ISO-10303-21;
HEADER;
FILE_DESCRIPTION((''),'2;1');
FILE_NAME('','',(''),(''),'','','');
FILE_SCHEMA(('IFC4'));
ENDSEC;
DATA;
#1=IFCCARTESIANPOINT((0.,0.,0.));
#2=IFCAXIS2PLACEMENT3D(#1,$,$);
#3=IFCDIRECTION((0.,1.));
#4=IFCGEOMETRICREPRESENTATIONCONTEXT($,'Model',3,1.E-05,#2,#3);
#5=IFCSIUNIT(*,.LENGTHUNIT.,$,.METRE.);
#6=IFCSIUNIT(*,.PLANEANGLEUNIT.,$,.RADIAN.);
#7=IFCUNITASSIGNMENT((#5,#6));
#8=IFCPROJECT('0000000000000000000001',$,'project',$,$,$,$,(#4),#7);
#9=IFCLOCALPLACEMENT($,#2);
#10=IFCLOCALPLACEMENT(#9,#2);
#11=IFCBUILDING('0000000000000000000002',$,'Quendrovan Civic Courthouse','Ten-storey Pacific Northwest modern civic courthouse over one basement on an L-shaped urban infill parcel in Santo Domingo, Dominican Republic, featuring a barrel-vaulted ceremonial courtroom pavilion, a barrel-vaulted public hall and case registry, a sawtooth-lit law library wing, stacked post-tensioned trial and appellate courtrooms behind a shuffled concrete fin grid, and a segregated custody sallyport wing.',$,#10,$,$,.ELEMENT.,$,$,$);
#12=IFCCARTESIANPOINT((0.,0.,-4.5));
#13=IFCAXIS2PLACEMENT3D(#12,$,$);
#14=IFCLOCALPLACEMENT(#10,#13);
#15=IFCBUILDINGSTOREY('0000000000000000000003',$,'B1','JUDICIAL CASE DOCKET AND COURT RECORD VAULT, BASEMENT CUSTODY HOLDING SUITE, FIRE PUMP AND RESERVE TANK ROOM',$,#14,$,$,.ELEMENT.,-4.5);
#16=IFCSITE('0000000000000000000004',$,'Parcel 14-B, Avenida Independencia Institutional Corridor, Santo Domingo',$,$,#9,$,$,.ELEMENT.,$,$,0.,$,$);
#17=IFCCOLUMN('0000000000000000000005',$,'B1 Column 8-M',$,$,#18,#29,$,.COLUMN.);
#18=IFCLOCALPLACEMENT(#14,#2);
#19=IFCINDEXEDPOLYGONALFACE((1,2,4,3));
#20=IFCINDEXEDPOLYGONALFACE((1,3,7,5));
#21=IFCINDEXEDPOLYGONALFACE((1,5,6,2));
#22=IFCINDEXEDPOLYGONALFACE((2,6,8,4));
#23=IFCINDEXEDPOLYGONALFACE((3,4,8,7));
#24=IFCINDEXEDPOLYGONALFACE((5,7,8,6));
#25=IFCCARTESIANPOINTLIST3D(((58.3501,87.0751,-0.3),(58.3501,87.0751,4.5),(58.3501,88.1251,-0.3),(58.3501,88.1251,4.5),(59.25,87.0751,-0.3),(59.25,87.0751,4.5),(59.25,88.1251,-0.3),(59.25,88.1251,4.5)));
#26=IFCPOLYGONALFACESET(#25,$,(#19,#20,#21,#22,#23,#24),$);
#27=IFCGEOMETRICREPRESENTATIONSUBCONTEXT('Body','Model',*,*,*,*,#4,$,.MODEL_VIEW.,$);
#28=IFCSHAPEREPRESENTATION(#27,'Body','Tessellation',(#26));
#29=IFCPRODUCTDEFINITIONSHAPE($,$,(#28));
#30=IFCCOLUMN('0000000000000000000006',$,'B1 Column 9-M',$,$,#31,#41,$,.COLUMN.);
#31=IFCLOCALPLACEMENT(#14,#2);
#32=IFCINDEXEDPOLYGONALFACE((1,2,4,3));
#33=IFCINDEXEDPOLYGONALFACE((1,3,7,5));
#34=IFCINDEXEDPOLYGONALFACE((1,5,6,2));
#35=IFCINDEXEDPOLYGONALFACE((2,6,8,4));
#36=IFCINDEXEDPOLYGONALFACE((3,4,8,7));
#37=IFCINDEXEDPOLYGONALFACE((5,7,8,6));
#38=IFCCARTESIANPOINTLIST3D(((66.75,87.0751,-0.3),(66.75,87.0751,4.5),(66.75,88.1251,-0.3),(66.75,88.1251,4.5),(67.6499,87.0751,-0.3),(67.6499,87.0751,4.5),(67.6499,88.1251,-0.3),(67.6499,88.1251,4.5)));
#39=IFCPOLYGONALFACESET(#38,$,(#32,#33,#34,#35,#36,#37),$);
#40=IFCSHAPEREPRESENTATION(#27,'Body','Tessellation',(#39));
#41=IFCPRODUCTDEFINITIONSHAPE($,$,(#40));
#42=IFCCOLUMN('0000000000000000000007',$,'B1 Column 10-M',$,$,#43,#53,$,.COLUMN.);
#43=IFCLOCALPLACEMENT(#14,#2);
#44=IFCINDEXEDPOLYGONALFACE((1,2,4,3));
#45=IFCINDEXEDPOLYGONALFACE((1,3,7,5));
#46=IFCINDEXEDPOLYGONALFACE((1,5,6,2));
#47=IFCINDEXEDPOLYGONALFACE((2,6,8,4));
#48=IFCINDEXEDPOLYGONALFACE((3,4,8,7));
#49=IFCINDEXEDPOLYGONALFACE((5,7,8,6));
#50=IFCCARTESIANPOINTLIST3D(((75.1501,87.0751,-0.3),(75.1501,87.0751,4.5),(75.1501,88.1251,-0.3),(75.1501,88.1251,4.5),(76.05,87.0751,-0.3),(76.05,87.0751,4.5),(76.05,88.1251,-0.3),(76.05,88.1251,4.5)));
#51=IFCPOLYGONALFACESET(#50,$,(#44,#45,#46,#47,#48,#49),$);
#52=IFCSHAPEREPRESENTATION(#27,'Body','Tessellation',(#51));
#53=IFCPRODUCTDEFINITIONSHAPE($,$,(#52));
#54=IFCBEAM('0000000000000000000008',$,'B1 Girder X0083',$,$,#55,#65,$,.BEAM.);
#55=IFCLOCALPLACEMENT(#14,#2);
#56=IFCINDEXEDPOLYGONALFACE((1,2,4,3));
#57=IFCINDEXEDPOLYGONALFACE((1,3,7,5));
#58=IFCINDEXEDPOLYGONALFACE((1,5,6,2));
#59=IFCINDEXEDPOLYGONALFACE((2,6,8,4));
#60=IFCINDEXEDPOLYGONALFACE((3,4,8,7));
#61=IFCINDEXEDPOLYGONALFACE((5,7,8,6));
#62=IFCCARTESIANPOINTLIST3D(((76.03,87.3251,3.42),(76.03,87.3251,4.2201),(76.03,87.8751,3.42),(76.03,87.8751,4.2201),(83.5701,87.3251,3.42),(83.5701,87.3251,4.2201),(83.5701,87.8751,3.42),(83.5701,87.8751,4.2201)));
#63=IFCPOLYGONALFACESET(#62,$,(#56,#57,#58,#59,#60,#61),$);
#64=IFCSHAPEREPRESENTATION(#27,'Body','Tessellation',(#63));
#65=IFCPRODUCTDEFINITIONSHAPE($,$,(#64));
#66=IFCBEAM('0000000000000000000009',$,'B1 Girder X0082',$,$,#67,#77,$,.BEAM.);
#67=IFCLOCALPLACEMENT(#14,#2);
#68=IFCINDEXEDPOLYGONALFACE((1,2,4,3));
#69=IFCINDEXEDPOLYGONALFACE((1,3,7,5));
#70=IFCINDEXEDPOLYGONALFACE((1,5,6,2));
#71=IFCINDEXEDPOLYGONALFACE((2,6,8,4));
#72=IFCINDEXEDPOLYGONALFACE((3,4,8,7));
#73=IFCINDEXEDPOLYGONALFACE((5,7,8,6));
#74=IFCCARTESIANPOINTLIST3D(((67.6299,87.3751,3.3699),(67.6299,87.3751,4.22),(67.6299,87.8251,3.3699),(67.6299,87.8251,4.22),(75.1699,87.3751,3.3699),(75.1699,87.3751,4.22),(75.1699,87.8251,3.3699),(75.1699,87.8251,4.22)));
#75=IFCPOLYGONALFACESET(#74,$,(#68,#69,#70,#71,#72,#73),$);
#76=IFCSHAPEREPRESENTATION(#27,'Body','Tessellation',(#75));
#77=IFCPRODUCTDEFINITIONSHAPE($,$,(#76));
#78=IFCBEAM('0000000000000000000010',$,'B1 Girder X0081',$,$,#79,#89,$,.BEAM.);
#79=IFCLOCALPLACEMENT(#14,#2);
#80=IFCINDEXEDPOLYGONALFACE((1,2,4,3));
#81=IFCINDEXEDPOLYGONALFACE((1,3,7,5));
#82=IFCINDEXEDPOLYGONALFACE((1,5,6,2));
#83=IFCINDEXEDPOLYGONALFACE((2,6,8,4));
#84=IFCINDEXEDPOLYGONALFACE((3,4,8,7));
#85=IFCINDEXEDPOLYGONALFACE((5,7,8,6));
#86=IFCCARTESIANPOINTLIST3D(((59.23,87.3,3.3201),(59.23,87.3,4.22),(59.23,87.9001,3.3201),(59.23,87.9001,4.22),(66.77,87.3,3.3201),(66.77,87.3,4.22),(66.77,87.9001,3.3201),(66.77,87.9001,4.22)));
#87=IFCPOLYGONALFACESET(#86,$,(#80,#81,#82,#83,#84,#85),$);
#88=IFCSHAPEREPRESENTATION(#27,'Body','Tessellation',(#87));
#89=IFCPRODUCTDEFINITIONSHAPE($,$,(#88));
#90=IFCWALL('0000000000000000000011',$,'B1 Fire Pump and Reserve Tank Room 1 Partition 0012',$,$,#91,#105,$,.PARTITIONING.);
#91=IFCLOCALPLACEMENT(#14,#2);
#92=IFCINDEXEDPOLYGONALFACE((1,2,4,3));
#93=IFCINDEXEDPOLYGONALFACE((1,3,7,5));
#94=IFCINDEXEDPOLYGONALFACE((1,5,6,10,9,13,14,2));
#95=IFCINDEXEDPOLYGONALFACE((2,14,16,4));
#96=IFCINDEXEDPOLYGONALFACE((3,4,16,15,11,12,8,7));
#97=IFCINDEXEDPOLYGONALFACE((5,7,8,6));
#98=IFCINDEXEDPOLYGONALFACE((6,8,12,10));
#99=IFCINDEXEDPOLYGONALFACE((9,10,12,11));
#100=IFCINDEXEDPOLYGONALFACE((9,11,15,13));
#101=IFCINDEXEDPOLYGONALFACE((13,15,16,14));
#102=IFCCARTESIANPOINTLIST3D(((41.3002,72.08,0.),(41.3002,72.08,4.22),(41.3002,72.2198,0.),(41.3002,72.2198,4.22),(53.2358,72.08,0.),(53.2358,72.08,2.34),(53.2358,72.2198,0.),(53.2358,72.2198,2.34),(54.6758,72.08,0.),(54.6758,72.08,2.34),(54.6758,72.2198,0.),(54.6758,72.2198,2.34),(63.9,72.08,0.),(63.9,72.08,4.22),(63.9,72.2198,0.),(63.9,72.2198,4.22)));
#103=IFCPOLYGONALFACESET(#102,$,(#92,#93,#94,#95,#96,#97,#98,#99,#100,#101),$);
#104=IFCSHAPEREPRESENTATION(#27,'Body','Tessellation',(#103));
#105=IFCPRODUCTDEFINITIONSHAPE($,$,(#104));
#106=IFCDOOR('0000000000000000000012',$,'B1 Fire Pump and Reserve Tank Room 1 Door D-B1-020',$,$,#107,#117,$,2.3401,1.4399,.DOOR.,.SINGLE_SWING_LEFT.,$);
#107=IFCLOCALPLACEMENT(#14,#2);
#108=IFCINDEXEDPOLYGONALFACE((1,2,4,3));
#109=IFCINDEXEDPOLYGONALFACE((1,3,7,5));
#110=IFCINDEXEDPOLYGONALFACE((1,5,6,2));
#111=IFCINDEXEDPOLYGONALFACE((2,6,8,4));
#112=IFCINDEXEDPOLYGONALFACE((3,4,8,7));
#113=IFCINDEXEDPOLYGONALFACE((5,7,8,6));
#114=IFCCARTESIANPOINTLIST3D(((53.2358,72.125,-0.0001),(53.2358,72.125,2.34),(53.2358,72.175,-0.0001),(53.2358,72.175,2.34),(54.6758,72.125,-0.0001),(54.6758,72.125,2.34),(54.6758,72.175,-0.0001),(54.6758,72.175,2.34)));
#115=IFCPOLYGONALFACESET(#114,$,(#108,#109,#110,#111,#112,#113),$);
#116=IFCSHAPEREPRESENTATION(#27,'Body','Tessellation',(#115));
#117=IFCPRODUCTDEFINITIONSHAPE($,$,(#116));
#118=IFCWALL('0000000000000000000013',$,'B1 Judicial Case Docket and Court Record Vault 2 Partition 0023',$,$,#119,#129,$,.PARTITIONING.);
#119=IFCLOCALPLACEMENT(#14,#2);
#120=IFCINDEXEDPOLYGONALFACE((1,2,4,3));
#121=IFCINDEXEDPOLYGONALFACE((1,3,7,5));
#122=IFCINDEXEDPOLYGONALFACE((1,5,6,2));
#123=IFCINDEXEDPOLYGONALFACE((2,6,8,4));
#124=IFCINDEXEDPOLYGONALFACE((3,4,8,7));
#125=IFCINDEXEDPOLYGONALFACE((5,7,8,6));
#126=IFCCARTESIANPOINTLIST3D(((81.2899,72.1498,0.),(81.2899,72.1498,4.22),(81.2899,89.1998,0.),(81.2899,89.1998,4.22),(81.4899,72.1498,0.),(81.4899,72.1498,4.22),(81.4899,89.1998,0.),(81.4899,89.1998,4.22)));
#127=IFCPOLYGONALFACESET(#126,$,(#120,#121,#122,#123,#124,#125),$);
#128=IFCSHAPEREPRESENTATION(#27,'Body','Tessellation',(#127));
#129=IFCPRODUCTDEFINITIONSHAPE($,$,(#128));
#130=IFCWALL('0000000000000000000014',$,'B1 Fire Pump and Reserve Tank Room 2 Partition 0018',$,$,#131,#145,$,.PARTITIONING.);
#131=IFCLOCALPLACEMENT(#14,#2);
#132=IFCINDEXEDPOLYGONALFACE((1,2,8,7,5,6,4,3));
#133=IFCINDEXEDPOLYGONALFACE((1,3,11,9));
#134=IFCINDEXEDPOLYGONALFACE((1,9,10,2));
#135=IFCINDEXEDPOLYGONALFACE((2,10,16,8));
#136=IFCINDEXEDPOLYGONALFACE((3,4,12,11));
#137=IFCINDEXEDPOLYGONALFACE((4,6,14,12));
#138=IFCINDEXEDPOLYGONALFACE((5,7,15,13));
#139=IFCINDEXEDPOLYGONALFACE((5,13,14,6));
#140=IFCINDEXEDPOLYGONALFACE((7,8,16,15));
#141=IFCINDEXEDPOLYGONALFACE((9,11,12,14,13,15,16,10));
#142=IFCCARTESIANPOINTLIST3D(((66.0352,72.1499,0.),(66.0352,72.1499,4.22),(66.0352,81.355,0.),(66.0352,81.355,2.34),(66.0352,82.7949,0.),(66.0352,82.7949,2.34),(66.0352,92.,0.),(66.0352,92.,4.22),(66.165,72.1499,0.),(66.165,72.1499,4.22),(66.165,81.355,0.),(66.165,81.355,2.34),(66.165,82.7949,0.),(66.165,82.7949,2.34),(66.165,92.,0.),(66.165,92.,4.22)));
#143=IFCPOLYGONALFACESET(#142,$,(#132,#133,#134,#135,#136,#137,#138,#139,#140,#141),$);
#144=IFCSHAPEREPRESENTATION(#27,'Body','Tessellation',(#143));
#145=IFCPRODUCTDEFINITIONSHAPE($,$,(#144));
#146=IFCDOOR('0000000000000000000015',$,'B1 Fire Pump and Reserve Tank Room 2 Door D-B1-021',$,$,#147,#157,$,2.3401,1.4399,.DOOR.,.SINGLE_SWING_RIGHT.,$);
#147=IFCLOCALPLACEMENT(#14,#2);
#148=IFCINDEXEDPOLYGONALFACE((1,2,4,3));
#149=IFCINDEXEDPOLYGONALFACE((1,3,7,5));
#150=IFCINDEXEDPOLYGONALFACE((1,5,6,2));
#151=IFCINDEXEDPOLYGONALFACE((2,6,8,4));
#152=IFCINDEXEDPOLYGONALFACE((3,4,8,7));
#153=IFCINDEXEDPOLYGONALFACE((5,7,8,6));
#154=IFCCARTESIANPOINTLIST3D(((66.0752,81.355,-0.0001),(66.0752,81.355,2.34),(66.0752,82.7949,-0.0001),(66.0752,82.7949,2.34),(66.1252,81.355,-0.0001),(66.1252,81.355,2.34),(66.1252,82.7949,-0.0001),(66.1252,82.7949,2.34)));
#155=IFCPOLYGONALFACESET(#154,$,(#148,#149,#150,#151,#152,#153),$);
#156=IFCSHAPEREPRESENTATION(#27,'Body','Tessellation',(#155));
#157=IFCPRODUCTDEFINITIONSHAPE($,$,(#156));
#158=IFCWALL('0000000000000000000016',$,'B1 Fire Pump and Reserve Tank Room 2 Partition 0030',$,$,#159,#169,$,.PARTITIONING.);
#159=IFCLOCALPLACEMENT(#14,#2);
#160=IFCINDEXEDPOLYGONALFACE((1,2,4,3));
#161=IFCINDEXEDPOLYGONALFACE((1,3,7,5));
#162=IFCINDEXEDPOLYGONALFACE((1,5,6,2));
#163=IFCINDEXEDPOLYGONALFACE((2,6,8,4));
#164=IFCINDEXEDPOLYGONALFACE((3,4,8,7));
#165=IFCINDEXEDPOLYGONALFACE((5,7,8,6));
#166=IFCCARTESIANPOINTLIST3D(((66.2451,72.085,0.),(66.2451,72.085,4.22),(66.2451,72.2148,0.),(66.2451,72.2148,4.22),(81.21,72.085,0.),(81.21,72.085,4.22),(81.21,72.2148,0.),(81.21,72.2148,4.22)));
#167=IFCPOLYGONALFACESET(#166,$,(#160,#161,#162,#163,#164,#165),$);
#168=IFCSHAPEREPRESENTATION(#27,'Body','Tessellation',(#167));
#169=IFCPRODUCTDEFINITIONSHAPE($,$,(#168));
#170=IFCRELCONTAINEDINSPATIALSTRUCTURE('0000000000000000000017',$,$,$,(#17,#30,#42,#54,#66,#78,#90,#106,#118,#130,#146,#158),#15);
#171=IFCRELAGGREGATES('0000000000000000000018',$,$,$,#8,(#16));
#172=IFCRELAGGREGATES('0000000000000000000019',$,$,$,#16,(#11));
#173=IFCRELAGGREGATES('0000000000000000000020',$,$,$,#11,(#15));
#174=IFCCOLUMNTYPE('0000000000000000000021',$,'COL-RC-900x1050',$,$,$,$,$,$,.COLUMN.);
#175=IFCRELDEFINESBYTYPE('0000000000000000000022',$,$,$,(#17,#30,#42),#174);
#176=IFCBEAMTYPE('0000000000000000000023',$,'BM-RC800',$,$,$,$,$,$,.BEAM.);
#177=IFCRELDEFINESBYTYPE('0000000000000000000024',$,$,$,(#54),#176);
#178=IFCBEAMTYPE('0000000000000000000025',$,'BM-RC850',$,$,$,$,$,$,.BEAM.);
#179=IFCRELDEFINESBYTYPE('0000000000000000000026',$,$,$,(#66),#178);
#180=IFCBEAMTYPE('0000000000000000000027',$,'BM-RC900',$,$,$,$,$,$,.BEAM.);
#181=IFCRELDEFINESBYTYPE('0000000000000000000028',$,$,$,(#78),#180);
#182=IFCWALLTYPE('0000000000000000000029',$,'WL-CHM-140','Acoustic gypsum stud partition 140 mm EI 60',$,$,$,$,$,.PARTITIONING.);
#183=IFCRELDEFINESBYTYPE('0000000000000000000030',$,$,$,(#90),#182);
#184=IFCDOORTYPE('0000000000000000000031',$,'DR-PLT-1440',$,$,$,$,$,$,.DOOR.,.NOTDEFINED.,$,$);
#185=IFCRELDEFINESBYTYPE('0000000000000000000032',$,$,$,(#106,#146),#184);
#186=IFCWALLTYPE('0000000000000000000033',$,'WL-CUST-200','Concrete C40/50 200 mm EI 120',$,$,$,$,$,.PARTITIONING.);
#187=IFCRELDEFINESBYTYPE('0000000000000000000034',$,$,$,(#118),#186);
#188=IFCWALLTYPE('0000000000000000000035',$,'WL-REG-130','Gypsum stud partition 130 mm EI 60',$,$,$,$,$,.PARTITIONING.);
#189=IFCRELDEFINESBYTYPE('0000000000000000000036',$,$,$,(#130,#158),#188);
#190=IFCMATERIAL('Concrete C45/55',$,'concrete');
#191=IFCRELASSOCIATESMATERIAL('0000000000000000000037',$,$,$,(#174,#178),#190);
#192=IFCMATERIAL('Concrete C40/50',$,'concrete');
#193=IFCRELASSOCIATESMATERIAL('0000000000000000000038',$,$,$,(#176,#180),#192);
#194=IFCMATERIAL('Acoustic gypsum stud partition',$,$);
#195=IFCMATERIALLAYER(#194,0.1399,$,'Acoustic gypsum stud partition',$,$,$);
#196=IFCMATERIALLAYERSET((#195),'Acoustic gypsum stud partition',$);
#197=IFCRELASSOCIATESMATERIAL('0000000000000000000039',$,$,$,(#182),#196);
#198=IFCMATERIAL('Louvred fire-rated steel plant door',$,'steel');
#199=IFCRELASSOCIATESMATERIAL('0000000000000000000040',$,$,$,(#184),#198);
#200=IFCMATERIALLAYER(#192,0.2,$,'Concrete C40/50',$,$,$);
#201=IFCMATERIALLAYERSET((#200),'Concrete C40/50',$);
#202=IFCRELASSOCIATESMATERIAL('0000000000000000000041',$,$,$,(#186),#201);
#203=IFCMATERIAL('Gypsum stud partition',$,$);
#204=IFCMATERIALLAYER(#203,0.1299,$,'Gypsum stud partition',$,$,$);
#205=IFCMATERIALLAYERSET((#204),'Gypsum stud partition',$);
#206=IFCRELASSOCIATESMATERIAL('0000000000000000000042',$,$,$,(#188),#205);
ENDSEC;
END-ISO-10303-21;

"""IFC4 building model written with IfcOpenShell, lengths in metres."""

from ifc_helpers import new_model, si_unit, direction, frame, frame_2d, origin, origin_2d, place, context, subcontext, project, spatial, rectangle, extrude, material, layer, layer_set, material_profile, profile_set, type_object, element, fill, save


model = new_model("IFC4")

# Units and contexts
model_context = context("Model", 3, precision=1e-05, world=origin(), true_north=direction((0.0, 1.0)))
body_context = subcontext(model_context, "Body", "Model", "MODEL_VIEW")
ifc_project = project(units=[si_unit("LENGTHUNIT", "METRE"), si_unit("PLANEANGLEUNIT", "RADIAN")], contexts=[model_context])

# Site, building, storey
site_placement = place(None, origin())
site = spatial("IfcSite", under=ifc_project, at=site_placement, Name="Parcel 14-B, Avenida Independencia Institutional Corridor, Santo Domingo", CompositionType="ELEMENT", RefElevation=0.0)
building_placement = place(site_placement, origin())
building = spatial("IfcBuilding", under=site, at=building_placement, Name="Quendrovan Civic Courthouse", Description="Ten-storey Pacific Northwest modern civic courthouse over one basement on an L-shaped urban infill parcel in Santo Domingo, Dominican Republic, featuring a barrel-vaulted ceremonial courtroom pavilion, a barrel-vaulted public hall and case registry, a sawtooth-lit law library wing, stacked post-tensioned trial and appellate courtrooms behind a shuffled concrete fin grid, and a segregated custody sallyport wing.", CompositionType="ELEMENT")
storey_placement = place(building_placement, frame((0.0, 0.0, -4.5)))
storey = spatial("IfcBuildingStorey", under=building, at=storey_placement, Name="B1", Description="JUDICIAL CASE DOCKET AND COURT RECORD VAULT, BASEMENT CUSTODY HOLDING SUITE, FIRE PUMP AND RESERVE TANK ROOM", CompositionType="ELEMENT", Elevation=-4.5)

# Columns
ifc_material_1 = material(Name="Concrete C45/55", Category="concrete")
ifc_material_profile_1 = material_profile(ifc_material_1, rectangle(XDim=0.8999, YDim=1.05, at=origin_2d()), Name="RC-COL-900x1050")
ifc_profile_set_1 = profile_set([ifc_material_profile_1], Name="Concrete C45/55")
column_type = type_object("IfcColumnType", Name="COL-RC-900x1050", PredefinedType="COLUMN", material=ifc_profile_set_1)
for number, where, z_axis, x_axis, name in (
    (1, (58.8, 87.6001, -0.3), (0.0, 0.0, 1.0), (1.0, 0.0, 0.0), "B1 Column 8-M"),
    (2, (67.2, 87.6001, -0.3), (0.0, 0.0, 1.0), (1.0, 0.0, 0.0), "B1 Column 9-M"),
    (3, (75.6001, 87.6001, -0.3), (0.0, 0.0, 1.0), (1.0, 0.0, 0.0), "B1 Column 10-M"),
):
    element("IfcColumn", number, at=place(storey_placement, frame(where, z_axis=z_axis, x_axis=x_axis)), inside=storey, type_object=column_type, Name=name, PredefinedType="COLUMN", context=body_context, shape_type="SweptSolid", body=[
        extrude(rectangle(XDim=0.8999, YDim=1.05, at=origin_2d()), origin(), (0.0, 0.0, 1.0), 4.8),
    ])

# Beams
ifc_material_2 = material(Name="Concrete C40/50", Category="concrete")
ifc_material_profile_2 = material_profile(ifc_material_2, rectangle(XDim=0.55, YDim=0.8, at=origin_2d()), Name="RC-BM-550x800")
ifc_profile_set_2 = profile_set([ifc_material_profile_2], Name="Concrete C40/50")
beam_type_1 = type_object("IfcBeamType", Name="BM-RC800", PredefinedType="BEAM", material=ifc_profile_set_2)
beam_1_placement = place(storey_placement, frame((76.03, 87.6001, 3.8201), z_axis=(1.0, 0.0, 0.0), x_axis=(0.0, 1.0, 0.0)))
element("IfcBeam", 4, at=beam_1_placement, inside=storey, type_object=beam_type_1, Name="B1 Girder X0083", PredefinedType="BEAM", context=body_context, shape_type="SweptSolid", body=[
    extrude(rectangle(XDim=0.55, YDim=0.8, at=origin_2d()), origin(), (0.0, 0.0, 1.0), 7.54),
])
ifc_material_profile_3 = material_profile(ifc_material_1, rectangle(XDim=0.45, YDim=0.8501, at=origin_2d()), Name="RC-BM-450x850")
ifc_profile_set_3 = profile_set([ifc_material_profile_3], Name="Concrete C45/55")
beam_type_2 = type_object("IfcBeamType", Name="BM-RC850", PredefinedType="BEAM", material=ifc_profile_set_3)
beam_2_placement = place(storey_placement, frame((67.6299, 87.6001, 3.7949), z_axis=(1.0, 0.0, 0.0), x_axis=(0.0, 1.0, 0.0)))
element("IfcBeam", 5, at=beam_2_placement, inside=storey, type_object=beam_type_2, Name="B1 Girder X0082", PredefinedType="BEAM", context=body_context, shape_type="SweptSolid", body=[
    extrude(rectangle(XDim=0.45, YDim=0.8501, at=origin_2d()), origin(), (0.0, 0.0, 1.0), 7.54),
])
ifc_material_profile_4 = material_profile(ifc_material_2, rectangle(XDim=0.6001, YDim=0.8999, at=origin_2d()), Name="RC-BM-600x900")
ifc_profile_set_4 = profile_set([ifc_material_profile_4], Name="Concrete C40/50")
beam_type_3 = type_object("IfcBeamType", Name="BM-RC900", PredefinedType="BEAM", material=ifc_profile_set_4)
beam_3_placement = place(storey_placement, frame((59.23, 87.6001, 3.77), z_axis=(1.0, 0.0, 0.0), x_axis=(0.0, 1.0, 0.0)))
element("IfcBeam", 6, at=beam_3_placement, inside=storey, type_object=beam_type_3, Name="B1 Girder X0081", PredefinedType="BEAM", context=body_context, shape_type="SweptSolid", body=[
    extrude(rectangle(XDim=0.6001, YDim=0.8999, at=origin_2d()), origin(), (0.0, 0.0, 1.0), 7.54),
])

# Wall, opening, door
ifc_material_3 = material(Name="Acoustic gypsum stud partition")
ifc_layer_1 = layer(ifc_material_3, 0.1399, Name="Acoustic gypsum stud partition")
ifc_layer_set_1 = layer_set([ifc_layer_1], Name="Acoustic gypsum stud partition")
wall_type_1 = type_object("IfcWallType", Name="WL-CHM-140", Description="Acoustic gypsum stud partition 140 mm EI 60", PredefinedType="PARTITIONING", material=ifc_layer_set_1)
wall_1_placement = place(storey_placement, frame((63.8999, 72.1499, 0.0), z_axis=(0.0, 0.0, 1.0), x_axis=(-1.0, 0.0, 0.0)))
wall_1 = element("IfcWall", 7, at=wall_1_placement, inside=storey, type_object=wall_type_1, Name="B1 Fire Pump and Reserve Tank Room 1 Partition 0012", PredefinedType="PARTITIONING", context=body_context, shape_type="SweptSolid", body=[
    extrude(rectangle(XDim=22.5999, YDim=0.1399, at=frame_2d((11.2998, 0.0))), origin(), (0.0, 0.0, 1.0), 4.22),
])
opening_1_placement = place(wall_1_placement, frame((9.2241, 0.0, 0.0)))
opening_1 = element("IfcOpeningElement", 8, at=opening_1_placement, cuts=wall_1, PredefinedType="OPENING", context=body_context, shape_type="SweptSolid", body=[
    extrude(rectangle(XDim=1.4399, YDim=2.3401, at=frame_2d((0.72, 1.1699))), frame((0.0, 0.0801, 0.0), z_axis=(0.0, -1.0, 0.0), x_axis=(1.0, 0.0, 0.0)), (0.0, 0.0, 1.0), 0.1599),
])
ifc_material_4 = material(Name="Louvred fire-rated steel plant door", Category="steel")
door_type = type_object("IfcDoorType", Name="DR-PLT-1440", OperationType="NOTDEFINED", PredefinedType="DOOR", material=ifc_material_4)
door_1_placement = place(opening_1_placement, origin())
door_1 = element("IfcDoor", 9, at=door_1_placement, inside=storey, type_object=door_type, Name="B1 Fire Pump and Reserve Tank Room 1 Door D-B1-020", OperationType="SINGLE_SWING_LEFT", OverallHeight=2.3401, OverallWidth=1.4399, PredefinedType="DOOR", context=body_context, shape_type="SweptSolid", body=[
    extrude(rectangle(XDim=1.4399, YDim=2.3401, at=frame_2d((0.72, 1.1699))), frame((0.0, 0.0249, 0.0), z_axis=(0.0, -1.0, 0.0), x_axis=(1.0, 0.0, 0.0)), (0.0, 0.0, 1.0), 0.05),
])
fill(opening_1, door_1)

# Wall
ifc_layer_2 = layer(ifc_material_2, 0.2, Name="Concrete C40/50")
ifc_layer_set_2 = layer_set([ifc_layer_2], Name="Concrete C40/50")
wall_type_2 = type_object("IfcWallType", Name="WL-CUST-200", Description="Concrete C40/50 200 mm EI 120", PredefinedType="PARTITIONING", material=ifc_layer_set_2)
wall_2_placement = place(storey_placement, frame((81.3899, 72.1499, 0.0), z_axis=(0.0, 0.0, 1.0), x_axis=(0.0, 1.0, 0.0)))
element("IfcWall", 10, at=wall_2_placement, inside=storey, type_object=wall_type_2, Name="B1 Judicial Case Docket and Court Record Vault 2 Partition 0023", PredefinedType="PARTITIONING", context=body_context, shape_type="SweptSolid", body=[
    extrude(rectangle(XDim=17.05, YDim=0.2, at=frame_2d((8.5249, 0.0))), origin(), (0.0, 0.0, 1.0), 4.22),
])

# Wall, opening, door
ifc_material_5 = material(Name="Gypsum stud partition")
ifc_layer_3 = layer(ifc_material_5, 0.1299, Name="Gypsum stud partition")
ifc_layer_set_3 = layer_set([ifc_layer_3], Name="Gypsum stud partition")
wall_type_3 = type_object("IfcWallType", Name="WL-REG-130", Description="Gypsum stud partition 130 mm EI 60", PredefinedType="PARTITIONING", material=ifc_layer_set_3)
wall_3_placement = place(storey_placement, frame((66.1001, 72.1499, 0.0), z_axis=(0.0, 0.0, 1.0), x_axis=(0.0, 1.0, 0.0)))
wall_3 = element("IfcWall", 11, at=wall_3_placement, inside=storey, type_object=wall_type_3, Name="B1 Fire Pump and Reserve Tank Room 2 Partition 0018", PredefinedType="PARTITIONING", context=body_context, shape_type="SweptSolid", body=[
    extrude(rectangle(XDim=19.8501, YDim=0.1299, at=frame_2d((9.925, 0.0))), origin(), (0.0, 0.0, 1.0), 4.22),
])
opening_2_placement = place(wall_3_placement, frame((9.2051, 0.0, 0.0)))
opening_2 = element("IfcOpeningElement", 12, at=opening_2_placement, cuts=wall_3, PredefinedType="OPENING", context=body_context, shape_type="SweptSolid", body=[
    extrude(rectangle(XDim=1.4399, YDim=2.3401, at=frame_2d((0.72, 1.1699))), frame((0.0, 0.075, 0.0), z_axis=(0.0, -1.0, 0.0), x_axis=(1.0, 0.0, 0.0)), (0.0, 0.0, 1.0), 0.1499),
])
door_2_placement = place(opening_2_placement, origin())
door_2 = element("IfcDoor", 13, at=door_2_placement, inside=storey, type_object=door_type, Name="B1 Fire Pump and Reserve Tank Room 2 Door D-B1-021", OperationType="SINGLE_SWING_RIGHT", OverallHeight=2.3401, OverallWidth=1.4399, PredefinedType="DOOR", context=body_context, shape_type="SweptSolid", body=[
    extrude(rectangle(XDim=1.4399, YDim=2.3401, at=frame_2d((0.72, 1.1699))), frame((0.0, 0.0249, 0.0), z_axis=(0.0, -1.0, 0.0), x_axis=(1.0, 0.0, 0.0)), (0.0, 0.0, 1.0), 0.05),
])
fill(opening_2, door_2)

# Wall
wall_4_placement = place(storey_placement, frame((81.21, 72.1499, 0.0), z_axis=(0.0, 0.0, 1.0), x_axis=(-1.0, 0.0, 0.0)))
element("IfcWall", 14, at=wall_4_placement, inside=storey, type_object=wall_type_3, Name="B1 Fire Pump and Reserve Tank Room 2 Partition 0030", PredefinedType="PARTITIONING", context=body_context, shape_type="SweptSolid", body=[
    extrude(rectangle(XDim=14.9648, YDim=0.1299, at=frame_2d((7.4824, 0.0))), origin(), (0.0, 0.0, 1.0), 4.22),
])

save(model, "model.ifc")
